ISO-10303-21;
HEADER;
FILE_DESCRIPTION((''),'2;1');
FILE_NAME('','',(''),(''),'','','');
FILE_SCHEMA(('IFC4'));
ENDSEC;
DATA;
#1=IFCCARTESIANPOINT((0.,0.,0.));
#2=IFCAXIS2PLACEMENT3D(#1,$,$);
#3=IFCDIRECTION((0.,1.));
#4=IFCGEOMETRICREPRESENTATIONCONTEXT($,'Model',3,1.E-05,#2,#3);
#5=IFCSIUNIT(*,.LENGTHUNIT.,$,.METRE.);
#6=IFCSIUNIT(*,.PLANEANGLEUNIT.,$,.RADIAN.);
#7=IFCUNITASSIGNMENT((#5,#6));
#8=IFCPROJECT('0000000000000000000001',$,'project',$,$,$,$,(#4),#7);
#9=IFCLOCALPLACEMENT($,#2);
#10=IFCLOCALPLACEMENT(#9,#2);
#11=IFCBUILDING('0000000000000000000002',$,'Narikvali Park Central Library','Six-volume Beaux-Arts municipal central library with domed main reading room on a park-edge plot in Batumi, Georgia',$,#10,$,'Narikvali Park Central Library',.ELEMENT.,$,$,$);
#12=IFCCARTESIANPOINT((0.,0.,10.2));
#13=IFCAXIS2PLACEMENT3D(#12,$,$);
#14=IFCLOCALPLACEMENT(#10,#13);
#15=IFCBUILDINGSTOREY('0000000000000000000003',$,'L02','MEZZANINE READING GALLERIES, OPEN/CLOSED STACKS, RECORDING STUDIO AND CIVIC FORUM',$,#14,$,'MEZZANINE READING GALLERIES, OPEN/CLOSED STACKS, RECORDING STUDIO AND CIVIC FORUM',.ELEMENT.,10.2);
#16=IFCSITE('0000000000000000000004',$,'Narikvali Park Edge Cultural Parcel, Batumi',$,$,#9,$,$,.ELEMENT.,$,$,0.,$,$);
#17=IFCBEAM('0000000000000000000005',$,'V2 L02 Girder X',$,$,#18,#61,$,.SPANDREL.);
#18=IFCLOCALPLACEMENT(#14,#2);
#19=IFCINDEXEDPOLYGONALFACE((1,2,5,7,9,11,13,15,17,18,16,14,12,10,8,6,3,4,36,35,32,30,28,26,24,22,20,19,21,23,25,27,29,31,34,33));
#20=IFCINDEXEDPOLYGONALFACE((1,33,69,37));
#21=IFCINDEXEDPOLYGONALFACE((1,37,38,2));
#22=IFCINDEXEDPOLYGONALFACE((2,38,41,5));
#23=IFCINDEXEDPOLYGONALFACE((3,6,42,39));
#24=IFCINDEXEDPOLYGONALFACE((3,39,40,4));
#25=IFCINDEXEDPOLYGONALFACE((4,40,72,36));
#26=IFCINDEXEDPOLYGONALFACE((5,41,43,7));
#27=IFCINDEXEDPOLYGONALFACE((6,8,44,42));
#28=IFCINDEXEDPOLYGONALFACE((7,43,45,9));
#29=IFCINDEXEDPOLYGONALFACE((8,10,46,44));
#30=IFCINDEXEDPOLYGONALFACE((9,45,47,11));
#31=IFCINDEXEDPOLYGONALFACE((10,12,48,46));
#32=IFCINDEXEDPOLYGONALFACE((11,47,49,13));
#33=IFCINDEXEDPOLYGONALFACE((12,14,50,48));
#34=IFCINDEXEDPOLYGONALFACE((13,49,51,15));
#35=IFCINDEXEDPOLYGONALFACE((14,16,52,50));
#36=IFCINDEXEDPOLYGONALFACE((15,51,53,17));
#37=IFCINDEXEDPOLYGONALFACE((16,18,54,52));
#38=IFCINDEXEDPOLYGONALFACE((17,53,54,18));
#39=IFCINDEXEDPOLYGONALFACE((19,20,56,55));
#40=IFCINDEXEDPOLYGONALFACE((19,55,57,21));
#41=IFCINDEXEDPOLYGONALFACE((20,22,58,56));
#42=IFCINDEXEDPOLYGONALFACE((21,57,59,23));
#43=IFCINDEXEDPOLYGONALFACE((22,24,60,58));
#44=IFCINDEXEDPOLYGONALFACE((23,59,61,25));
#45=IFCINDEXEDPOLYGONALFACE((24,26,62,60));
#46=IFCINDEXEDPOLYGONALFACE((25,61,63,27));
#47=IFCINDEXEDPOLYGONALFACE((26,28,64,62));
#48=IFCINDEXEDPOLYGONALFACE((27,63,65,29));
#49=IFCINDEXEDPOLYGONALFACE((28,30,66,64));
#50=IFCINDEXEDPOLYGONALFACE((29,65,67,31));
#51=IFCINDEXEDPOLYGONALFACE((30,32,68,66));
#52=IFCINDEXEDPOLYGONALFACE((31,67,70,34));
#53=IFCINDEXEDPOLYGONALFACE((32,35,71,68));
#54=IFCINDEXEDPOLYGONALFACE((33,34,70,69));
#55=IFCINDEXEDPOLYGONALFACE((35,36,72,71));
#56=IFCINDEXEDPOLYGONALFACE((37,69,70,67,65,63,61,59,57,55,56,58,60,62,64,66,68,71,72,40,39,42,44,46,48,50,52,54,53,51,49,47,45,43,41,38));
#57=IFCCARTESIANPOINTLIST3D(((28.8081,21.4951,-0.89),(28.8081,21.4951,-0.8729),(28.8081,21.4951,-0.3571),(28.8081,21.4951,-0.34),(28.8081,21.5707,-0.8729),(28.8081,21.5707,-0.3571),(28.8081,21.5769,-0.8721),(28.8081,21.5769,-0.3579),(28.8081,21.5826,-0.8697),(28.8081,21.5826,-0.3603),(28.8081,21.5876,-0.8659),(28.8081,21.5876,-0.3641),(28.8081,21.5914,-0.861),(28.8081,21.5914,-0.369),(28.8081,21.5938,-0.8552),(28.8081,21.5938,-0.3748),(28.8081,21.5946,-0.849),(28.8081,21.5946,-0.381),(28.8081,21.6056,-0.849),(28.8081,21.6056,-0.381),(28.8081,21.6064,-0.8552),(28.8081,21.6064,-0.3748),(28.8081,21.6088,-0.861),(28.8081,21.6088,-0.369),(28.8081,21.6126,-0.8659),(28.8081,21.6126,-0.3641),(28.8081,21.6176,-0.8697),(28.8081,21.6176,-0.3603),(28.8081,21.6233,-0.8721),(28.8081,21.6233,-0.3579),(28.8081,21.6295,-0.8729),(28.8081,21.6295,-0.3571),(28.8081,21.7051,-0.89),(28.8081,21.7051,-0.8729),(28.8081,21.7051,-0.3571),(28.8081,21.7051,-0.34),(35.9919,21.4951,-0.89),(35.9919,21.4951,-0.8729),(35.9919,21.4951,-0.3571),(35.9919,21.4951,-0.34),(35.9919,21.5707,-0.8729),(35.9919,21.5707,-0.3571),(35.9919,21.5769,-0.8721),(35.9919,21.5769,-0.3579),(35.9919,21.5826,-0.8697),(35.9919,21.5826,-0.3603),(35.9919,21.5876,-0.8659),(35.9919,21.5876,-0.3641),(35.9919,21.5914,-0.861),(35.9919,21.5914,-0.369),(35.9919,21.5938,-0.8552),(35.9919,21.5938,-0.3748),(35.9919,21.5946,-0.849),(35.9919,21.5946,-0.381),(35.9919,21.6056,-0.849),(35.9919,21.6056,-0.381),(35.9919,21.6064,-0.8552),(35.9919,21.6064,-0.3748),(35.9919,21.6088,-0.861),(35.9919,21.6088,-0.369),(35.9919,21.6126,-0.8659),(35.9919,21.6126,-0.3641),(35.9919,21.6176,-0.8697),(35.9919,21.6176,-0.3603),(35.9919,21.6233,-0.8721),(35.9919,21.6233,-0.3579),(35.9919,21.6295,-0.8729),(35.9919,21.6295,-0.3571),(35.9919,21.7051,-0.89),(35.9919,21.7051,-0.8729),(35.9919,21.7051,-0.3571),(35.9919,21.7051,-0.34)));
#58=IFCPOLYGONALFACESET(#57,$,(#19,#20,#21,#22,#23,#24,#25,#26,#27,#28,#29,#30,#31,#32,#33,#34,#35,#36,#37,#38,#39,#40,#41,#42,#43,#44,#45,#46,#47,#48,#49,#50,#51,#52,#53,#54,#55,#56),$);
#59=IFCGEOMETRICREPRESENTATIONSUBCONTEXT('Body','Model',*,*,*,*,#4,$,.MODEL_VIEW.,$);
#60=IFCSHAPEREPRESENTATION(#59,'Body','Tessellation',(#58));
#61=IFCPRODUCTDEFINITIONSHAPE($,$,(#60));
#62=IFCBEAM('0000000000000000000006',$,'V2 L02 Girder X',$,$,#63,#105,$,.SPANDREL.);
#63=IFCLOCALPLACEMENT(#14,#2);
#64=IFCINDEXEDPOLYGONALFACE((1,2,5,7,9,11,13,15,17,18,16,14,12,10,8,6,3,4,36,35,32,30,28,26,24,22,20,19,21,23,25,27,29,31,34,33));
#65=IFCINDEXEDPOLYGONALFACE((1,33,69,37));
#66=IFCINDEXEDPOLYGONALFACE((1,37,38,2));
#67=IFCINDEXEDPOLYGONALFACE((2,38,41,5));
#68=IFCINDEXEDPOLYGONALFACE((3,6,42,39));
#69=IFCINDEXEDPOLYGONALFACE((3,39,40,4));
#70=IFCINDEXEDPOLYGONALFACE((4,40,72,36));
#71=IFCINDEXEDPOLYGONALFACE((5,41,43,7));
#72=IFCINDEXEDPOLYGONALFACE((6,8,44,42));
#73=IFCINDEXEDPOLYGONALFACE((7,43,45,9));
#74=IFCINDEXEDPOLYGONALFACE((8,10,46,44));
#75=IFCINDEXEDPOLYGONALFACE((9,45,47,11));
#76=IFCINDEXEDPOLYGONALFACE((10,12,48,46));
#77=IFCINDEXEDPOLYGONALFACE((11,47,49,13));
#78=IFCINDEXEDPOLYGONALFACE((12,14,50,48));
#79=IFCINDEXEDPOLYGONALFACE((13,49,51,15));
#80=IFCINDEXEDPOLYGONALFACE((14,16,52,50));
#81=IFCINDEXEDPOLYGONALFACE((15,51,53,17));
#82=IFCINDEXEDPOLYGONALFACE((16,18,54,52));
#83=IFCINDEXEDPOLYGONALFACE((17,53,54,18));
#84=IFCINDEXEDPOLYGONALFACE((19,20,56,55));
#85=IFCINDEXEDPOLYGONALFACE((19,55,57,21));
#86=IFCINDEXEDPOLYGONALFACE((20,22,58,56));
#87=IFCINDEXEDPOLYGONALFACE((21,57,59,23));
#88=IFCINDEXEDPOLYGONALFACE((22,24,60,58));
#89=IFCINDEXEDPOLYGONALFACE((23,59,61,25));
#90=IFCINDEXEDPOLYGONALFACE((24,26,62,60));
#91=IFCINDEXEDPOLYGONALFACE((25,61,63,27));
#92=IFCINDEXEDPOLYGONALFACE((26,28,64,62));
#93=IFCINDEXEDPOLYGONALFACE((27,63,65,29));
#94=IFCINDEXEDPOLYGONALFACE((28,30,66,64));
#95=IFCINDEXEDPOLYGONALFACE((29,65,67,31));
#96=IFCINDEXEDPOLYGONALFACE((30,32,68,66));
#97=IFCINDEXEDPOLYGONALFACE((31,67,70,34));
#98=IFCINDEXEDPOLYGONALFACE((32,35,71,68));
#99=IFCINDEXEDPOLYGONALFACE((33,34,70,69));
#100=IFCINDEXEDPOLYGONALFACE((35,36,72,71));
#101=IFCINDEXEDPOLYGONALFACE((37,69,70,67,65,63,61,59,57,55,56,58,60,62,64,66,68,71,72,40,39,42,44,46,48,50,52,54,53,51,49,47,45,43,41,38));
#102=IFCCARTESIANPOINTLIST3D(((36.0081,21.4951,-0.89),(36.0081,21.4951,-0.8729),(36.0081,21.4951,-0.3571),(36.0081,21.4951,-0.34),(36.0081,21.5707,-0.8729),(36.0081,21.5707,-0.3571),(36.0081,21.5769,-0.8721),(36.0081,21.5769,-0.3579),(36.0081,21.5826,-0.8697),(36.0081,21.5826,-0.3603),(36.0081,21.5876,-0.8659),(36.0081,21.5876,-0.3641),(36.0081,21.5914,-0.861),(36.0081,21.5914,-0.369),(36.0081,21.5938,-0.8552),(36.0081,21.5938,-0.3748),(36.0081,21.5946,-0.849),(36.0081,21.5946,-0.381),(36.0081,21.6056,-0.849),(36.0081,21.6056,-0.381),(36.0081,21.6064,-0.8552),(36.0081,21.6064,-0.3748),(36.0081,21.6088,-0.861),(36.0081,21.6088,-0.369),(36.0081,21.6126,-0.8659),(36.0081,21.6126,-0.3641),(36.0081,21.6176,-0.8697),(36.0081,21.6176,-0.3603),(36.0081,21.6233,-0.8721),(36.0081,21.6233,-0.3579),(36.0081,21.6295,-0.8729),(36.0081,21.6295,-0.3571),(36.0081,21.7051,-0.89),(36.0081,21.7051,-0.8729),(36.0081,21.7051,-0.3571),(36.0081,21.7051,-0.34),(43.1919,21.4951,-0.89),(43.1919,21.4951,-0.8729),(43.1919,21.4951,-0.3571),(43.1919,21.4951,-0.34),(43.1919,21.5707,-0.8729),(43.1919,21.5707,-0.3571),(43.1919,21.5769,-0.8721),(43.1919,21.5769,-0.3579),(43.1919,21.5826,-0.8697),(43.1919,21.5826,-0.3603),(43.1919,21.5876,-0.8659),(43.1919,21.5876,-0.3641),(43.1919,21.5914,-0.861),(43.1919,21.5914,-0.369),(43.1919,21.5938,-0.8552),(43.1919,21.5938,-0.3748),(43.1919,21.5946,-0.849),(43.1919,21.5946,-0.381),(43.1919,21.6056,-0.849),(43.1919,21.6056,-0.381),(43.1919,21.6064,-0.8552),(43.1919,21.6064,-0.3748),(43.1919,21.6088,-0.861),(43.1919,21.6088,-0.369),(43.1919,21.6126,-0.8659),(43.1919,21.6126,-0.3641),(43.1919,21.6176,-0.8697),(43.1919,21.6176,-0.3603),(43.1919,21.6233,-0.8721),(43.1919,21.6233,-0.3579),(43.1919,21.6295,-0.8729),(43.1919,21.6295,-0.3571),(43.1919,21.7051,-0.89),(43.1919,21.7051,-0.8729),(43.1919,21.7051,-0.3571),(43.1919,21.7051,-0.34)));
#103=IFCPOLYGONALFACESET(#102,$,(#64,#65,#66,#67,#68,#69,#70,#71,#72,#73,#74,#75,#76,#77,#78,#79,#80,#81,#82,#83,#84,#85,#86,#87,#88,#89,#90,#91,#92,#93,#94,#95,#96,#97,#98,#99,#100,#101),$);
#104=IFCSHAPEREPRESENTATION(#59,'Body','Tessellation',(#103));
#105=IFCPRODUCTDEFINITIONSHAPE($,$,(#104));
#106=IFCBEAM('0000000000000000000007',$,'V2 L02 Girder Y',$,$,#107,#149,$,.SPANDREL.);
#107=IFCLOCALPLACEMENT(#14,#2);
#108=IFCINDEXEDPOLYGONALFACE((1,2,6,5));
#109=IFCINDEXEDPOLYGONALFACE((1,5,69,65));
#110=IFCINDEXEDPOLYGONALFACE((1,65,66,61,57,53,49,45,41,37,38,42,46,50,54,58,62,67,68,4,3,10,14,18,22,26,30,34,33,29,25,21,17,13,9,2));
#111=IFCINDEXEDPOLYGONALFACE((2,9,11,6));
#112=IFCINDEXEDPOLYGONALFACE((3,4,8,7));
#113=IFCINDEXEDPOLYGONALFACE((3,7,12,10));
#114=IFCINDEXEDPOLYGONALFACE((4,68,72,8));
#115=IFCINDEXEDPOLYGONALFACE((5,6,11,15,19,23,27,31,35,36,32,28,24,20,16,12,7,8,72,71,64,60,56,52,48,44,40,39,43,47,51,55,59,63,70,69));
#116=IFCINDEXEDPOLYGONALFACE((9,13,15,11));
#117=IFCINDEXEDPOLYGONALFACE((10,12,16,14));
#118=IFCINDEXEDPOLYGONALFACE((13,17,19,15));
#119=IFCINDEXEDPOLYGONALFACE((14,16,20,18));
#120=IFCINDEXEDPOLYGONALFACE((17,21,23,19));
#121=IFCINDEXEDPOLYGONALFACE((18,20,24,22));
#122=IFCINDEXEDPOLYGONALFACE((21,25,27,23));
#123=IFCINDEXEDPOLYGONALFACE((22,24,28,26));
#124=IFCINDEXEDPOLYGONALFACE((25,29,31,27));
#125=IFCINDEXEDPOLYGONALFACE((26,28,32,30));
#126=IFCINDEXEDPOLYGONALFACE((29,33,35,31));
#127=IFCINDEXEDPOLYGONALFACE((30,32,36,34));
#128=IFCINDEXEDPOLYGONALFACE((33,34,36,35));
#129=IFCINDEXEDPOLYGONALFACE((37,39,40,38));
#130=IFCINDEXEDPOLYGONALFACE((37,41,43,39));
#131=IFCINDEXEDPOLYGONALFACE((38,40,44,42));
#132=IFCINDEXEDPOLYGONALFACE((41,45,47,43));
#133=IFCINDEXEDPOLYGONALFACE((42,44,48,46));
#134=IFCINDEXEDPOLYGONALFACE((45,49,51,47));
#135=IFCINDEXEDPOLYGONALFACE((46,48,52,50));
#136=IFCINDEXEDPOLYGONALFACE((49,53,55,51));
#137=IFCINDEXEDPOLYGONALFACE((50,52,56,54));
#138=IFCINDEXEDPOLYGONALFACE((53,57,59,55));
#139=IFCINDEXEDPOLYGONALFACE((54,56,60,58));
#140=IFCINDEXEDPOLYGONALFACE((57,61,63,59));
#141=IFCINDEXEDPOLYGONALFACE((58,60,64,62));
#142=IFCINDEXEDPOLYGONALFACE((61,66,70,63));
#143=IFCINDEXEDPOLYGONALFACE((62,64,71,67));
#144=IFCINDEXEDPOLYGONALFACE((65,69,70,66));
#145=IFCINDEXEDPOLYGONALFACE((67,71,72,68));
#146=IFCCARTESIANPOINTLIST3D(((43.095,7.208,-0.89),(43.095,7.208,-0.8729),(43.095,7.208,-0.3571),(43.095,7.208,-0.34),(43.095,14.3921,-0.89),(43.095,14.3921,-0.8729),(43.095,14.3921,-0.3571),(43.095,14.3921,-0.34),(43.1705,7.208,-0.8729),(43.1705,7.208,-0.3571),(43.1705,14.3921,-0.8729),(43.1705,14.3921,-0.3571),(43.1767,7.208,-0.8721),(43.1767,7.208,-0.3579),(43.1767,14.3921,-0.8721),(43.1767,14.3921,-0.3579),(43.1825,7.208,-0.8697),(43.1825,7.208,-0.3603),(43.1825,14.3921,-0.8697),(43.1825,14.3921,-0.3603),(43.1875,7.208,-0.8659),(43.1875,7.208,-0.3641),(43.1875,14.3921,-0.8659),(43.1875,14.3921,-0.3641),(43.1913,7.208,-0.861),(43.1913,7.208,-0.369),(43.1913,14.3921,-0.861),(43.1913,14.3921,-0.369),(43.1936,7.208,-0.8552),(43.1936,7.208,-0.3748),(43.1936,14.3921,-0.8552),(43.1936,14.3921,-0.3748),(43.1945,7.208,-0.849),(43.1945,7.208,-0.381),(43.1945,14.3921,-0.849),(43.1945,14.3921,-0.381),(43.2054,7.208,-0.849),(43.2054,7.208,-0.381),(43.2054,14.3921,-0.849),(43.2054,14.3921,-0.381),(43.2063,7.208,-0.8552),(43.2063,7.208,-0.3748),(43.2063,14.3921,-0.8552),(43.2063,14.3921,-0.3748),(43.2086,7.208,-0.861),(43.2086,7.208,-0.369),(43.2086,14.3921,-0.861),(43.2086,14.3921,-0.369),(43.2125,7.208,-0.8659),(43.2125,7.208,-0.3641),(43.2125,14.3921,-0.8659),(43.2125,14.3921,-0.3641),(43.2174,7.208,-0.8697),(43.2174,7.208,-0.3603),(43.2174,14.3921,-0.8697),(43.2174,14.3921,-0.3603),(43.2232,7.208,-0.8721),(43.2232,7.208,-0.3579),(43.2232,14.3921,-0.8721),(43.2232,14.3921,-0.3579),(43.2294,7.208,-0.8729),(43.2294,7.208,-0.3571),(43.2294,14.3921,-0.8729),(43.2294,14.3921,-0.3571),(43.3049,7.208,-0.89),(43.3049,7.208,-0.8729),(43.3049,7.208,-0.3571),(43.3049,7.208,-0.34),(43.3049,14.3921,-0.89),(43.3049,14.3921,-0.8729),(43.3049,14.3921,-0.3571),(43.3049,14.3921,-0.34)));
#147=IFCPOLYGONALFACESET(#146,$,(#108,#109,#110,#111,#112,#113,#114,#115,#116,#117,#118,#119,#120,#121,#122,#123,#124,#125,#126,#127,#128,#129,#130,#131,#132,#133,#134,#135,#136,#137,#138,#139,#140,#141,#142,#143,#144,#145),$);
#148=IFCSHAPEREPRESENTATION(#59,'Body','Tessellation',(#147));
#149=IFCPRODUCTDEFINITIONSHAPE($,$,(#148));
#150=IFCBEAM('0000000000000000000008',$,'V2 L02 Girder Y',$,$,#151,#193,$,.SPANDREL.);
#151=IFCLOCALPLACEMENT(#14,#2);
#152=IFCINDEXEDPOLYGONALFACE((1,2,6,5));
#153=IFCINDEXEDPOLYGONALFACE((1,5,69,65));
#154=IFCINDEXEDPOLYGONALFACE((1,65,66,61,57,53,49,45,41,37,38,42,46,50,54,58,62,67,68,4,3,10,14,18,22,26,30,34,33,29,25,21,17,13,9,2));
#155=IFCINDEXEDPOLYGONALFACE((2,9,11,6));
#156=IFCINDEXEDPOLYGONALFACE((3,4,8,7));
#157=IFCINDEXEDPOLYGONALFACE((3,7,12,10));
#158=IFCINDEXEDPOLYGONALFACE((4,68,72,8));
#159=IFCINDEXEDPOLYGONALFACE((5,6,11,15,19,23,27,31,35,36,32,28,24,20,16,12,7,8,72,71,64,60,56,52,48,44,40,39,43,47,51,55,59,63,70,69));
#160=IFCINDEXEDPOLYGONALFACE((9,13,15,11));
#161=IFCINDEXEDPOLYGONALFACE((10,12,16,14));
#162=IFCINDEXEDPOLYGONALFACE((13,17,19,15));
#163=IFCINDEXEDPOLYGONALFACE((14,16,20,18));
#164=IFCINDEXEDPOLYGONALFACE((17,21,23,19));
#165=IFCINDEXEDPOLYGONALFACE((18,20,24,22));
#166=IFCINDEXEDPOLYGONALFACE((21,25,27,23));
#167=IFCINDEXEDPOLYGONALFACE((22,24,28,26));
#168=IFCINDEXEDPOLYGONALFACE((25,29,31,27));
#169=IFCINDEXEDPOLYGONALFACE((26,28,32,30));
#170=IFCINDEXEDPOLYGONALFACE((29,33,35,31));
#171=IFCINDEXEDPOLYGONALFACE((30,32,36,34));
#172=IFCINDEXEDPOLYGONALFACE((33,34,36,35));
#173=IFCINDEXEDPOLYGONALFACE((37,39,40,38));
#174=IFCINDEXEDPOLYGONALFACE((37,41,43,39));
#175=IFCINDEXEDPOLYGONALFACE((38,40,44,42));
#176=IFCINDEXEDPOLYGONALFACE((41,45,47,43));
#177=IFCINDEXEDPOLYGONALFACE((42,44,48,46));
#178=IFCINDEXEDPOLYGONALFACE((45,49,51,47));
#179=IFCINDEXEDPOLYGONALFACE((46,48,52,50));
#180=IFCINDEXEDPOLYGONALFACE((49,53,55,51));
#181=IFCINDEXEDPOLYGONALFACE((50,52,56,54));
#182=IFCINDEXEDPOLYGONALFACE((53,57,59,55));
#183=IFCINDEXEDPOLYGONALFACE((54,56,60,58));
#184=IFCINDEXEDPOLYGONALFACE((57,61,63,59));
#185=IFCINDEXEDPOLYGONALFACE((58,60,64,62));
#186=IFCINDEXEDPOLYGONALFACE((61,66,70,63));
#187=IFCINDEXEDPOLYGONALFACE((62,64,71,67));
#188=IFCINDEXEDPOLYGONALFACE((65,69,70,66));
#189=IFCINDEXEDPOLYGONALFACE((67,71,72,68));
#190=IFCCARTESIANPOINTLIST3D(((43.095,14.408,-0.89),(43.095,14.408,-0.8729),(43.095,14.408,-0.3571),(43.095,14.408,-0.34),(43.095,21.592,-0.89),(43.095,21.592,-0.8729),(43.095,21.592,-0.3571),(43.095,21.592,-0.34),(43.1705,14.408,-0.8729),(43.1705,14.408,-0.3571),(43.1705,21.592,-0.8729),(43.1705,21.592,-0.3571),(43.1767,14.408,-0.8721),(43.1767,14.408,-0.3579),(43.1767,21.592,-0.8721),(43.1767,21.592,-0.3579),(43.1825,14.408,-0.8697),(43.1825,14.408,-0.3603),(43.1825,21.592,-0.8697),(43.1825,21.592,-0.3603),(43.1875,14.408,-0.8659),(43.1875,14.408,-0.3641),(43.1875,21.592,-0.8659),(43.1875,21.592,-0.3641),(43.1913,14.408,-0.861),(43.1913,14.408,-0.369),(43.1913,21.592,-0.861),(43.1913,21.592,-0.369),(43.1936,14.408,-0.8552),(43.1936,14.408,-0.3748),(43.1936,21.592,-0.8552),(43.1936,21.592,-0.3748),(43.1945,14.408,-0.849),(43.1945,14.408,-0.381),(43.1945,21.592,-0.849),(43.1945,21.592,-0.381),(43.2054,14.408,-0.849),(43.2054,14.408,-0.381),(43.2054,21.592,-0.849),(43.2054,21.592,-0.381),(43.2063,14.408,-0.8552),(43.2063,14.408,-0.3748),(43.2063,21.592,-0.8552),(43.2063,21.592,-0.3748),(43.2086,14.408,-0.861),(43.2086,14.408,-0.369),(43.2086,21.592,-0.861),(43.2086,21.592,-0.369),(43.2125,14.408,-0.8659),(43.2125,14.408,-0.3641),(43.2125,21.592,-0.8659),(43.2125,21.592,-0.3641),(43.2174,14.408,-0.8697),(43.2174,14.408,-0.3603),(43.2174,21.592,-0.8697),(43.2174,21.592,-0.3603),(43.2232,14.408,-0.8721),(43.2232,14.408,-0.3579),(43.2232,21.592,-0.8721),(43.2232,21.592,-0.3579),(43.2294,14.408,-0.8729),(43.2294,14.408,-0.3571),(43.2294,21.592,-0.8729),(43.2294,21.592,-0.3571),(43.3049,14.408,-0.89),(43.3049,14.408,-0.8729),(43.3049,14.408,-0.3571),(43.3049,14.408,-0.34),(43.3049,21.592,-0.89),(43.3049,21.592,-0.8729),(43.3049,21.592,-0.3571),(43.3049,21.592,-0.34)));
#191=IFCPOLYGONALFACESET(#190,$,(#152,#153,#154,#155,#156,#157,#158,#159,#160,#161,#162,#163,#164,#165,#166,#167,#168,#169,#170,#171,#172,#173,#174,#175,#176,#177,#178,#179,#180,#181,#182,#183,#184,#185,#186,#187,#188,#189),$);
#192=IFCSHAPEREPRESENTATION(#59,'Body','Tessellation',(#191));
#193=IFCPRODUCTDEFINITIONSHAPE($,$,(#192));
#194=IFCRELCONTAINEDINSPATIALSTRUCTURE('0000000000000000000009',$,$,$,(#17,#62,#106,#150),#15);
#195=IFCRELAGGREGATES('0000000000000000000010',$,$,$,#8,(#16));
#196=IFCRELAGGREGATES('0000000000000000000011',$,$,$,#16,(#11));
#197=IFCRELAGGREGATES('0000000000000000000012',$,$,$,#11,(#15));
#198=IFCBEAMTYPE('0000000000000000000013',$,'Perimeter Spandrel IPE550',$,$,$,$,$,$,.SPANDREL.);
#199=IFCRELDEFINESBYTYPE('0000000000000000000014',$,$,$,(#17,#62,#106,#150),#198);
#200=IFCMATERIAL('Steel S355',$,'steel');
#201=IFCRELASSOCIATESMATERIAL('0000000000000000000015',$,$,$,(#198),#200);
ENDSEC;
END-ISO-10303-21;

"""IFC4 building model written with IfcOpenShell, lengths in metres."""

from ifc_helpers import new_model, si_unit, direction, frame, origin, origin_2d, place, context, subcontext, project, spatial, i_section, extrude, material, material_profile, profile_set, type_object, element, save


model = new_model("IFC4")

# Units and contexts
model_context = context("Model", 3, precision=1e-05, world=origin(), true_north=direction((0.0, 1.0)))
body_context = subcontext(model_context, "Body", "Model", "MODEL_VIEW")
ifc_project = project(units=[si_unit("LENGTHUNIT", "METRE"), si_unit("PLANEANGLEUNIT", "RADIAN")], contexts=[model_context])

# Site, building, storey
site_placement = place(None, origin())
site = spatial("IfcSite", under=ifc_project, at=site_placement, Name="Narikvali Park Edge Cultural Parcel, Batumi", CompositionType="ELEMENT", RefElevation=0.0)
building_placement = place(site_placement, origin())
building = spatial("IfcBuilding", under=site, at=building_placement, Name="Narikvali Park Central Library", Description="Six-volume Beaux-Arts municipal central library with domed main reading room on a park-edge plot in Batumi, Georgia", LongName="Narikvali Park Central Library", CompositionType="ELEMENT")
storey_placement = place(building_placement, frame((0.0, 0.0, 10.2)))
storey = spatial("IfcBuildingStorey", under=building, at=storey_placement, Name="L02", Description="MEZZANINE READING GALLERIES, OPEN/CLOSED STACKS, RECORDING STUDIO AND CIVIC FORUM", LongName="MEZZANINE READING GALLERIES, OPEN/CLOSED STACKS, RECORDING STUDIO AND CIVIC FORUM", CompositionType="ELEMENT", Elevation=10.2)

# Beams
ifc_material_1 = material(Name="Steel S355", Category="steel")
ifc_material_profile_1 = material_profile(ifc_material_1, i_section(OverallWidth=0.21, OverallDepth=0.55, WebThickness=0.011, FlangeThickness=0.0171, FilletRadius=0.0239, at=origin_2d()), Name="IPE 550")
ifc_profile_set_1 = profile_set([ifc_material_profile_1], Name="Steel S355")
beam_type_1 = type_object("IfcBeamType", Name="Perimeter Spandrel IPE550", PredefinedType="SPANDREL", material=ifc_profile_set_1)
for number, where, z_axis, x_axis, name in (
    (1, (28.8081, 21.6001, -0.615), (1.0, 0.0, 0.0), (0.0, 1.0, 0.0), "V2 L02 Girder X"),
    (2, (36.0081, 21.6001, -0.615), (1.0, 0.0, 0.0), (0.0, 1.0, 0.0), "V2 L02 Girder X"),
):
    element("IfcBeam", number, at=place(storey_placement, frame(where, z_axis=z_axis, x_axis=x_axis)), inside=storey, type_object=beam_type_1, Name=name, PredefinedType="SPANDREL", context=body_context, shape_type="SweptSolid", body=[
        extrude(i_section(OverallWidth=0.21, OverallDepth=0.55, WebThickness=0.011, FlangeThickness=0.0171, FilletRadius=0.0239, at=origin_2d()), origin(), (0.0, 0.0, 1.0), 7.1838),
    ])
for number, where, z_axis, x_axis, name in (
    (3, (43.2, 7.208, -0.615), (0.0, 1.0, 0.0), (-1.0, 0.0, 0.0), "V2 L02 Girder Y"),
    (4, (43.2, 14.408, -0.615), (0.0, 1.0, 0.0), (-1.0, 0.0, 0.0), "V2 L02 Girder Y"),
):
    element("IfcBeam", number, at=place(storey_placement, frame(where, z_axis=z_axis, x_axis=x_axis)), inside=storey, type_object=beam_type_1, Name=name, PredefinedType="SPANDREL", context=body_context, shape_type="SweptSolid", body=[
        extrude(i_section(OverallWidth=0.21, OverallDepth=0.55, WebThickness=0.011, FlangeThickness=0.0171, FilletRadius=0.0239, at=origin_2d()), origin(), (0.0, 0.0, 1.0), 7.1841),
    ])

save(model, "model.ifc")
